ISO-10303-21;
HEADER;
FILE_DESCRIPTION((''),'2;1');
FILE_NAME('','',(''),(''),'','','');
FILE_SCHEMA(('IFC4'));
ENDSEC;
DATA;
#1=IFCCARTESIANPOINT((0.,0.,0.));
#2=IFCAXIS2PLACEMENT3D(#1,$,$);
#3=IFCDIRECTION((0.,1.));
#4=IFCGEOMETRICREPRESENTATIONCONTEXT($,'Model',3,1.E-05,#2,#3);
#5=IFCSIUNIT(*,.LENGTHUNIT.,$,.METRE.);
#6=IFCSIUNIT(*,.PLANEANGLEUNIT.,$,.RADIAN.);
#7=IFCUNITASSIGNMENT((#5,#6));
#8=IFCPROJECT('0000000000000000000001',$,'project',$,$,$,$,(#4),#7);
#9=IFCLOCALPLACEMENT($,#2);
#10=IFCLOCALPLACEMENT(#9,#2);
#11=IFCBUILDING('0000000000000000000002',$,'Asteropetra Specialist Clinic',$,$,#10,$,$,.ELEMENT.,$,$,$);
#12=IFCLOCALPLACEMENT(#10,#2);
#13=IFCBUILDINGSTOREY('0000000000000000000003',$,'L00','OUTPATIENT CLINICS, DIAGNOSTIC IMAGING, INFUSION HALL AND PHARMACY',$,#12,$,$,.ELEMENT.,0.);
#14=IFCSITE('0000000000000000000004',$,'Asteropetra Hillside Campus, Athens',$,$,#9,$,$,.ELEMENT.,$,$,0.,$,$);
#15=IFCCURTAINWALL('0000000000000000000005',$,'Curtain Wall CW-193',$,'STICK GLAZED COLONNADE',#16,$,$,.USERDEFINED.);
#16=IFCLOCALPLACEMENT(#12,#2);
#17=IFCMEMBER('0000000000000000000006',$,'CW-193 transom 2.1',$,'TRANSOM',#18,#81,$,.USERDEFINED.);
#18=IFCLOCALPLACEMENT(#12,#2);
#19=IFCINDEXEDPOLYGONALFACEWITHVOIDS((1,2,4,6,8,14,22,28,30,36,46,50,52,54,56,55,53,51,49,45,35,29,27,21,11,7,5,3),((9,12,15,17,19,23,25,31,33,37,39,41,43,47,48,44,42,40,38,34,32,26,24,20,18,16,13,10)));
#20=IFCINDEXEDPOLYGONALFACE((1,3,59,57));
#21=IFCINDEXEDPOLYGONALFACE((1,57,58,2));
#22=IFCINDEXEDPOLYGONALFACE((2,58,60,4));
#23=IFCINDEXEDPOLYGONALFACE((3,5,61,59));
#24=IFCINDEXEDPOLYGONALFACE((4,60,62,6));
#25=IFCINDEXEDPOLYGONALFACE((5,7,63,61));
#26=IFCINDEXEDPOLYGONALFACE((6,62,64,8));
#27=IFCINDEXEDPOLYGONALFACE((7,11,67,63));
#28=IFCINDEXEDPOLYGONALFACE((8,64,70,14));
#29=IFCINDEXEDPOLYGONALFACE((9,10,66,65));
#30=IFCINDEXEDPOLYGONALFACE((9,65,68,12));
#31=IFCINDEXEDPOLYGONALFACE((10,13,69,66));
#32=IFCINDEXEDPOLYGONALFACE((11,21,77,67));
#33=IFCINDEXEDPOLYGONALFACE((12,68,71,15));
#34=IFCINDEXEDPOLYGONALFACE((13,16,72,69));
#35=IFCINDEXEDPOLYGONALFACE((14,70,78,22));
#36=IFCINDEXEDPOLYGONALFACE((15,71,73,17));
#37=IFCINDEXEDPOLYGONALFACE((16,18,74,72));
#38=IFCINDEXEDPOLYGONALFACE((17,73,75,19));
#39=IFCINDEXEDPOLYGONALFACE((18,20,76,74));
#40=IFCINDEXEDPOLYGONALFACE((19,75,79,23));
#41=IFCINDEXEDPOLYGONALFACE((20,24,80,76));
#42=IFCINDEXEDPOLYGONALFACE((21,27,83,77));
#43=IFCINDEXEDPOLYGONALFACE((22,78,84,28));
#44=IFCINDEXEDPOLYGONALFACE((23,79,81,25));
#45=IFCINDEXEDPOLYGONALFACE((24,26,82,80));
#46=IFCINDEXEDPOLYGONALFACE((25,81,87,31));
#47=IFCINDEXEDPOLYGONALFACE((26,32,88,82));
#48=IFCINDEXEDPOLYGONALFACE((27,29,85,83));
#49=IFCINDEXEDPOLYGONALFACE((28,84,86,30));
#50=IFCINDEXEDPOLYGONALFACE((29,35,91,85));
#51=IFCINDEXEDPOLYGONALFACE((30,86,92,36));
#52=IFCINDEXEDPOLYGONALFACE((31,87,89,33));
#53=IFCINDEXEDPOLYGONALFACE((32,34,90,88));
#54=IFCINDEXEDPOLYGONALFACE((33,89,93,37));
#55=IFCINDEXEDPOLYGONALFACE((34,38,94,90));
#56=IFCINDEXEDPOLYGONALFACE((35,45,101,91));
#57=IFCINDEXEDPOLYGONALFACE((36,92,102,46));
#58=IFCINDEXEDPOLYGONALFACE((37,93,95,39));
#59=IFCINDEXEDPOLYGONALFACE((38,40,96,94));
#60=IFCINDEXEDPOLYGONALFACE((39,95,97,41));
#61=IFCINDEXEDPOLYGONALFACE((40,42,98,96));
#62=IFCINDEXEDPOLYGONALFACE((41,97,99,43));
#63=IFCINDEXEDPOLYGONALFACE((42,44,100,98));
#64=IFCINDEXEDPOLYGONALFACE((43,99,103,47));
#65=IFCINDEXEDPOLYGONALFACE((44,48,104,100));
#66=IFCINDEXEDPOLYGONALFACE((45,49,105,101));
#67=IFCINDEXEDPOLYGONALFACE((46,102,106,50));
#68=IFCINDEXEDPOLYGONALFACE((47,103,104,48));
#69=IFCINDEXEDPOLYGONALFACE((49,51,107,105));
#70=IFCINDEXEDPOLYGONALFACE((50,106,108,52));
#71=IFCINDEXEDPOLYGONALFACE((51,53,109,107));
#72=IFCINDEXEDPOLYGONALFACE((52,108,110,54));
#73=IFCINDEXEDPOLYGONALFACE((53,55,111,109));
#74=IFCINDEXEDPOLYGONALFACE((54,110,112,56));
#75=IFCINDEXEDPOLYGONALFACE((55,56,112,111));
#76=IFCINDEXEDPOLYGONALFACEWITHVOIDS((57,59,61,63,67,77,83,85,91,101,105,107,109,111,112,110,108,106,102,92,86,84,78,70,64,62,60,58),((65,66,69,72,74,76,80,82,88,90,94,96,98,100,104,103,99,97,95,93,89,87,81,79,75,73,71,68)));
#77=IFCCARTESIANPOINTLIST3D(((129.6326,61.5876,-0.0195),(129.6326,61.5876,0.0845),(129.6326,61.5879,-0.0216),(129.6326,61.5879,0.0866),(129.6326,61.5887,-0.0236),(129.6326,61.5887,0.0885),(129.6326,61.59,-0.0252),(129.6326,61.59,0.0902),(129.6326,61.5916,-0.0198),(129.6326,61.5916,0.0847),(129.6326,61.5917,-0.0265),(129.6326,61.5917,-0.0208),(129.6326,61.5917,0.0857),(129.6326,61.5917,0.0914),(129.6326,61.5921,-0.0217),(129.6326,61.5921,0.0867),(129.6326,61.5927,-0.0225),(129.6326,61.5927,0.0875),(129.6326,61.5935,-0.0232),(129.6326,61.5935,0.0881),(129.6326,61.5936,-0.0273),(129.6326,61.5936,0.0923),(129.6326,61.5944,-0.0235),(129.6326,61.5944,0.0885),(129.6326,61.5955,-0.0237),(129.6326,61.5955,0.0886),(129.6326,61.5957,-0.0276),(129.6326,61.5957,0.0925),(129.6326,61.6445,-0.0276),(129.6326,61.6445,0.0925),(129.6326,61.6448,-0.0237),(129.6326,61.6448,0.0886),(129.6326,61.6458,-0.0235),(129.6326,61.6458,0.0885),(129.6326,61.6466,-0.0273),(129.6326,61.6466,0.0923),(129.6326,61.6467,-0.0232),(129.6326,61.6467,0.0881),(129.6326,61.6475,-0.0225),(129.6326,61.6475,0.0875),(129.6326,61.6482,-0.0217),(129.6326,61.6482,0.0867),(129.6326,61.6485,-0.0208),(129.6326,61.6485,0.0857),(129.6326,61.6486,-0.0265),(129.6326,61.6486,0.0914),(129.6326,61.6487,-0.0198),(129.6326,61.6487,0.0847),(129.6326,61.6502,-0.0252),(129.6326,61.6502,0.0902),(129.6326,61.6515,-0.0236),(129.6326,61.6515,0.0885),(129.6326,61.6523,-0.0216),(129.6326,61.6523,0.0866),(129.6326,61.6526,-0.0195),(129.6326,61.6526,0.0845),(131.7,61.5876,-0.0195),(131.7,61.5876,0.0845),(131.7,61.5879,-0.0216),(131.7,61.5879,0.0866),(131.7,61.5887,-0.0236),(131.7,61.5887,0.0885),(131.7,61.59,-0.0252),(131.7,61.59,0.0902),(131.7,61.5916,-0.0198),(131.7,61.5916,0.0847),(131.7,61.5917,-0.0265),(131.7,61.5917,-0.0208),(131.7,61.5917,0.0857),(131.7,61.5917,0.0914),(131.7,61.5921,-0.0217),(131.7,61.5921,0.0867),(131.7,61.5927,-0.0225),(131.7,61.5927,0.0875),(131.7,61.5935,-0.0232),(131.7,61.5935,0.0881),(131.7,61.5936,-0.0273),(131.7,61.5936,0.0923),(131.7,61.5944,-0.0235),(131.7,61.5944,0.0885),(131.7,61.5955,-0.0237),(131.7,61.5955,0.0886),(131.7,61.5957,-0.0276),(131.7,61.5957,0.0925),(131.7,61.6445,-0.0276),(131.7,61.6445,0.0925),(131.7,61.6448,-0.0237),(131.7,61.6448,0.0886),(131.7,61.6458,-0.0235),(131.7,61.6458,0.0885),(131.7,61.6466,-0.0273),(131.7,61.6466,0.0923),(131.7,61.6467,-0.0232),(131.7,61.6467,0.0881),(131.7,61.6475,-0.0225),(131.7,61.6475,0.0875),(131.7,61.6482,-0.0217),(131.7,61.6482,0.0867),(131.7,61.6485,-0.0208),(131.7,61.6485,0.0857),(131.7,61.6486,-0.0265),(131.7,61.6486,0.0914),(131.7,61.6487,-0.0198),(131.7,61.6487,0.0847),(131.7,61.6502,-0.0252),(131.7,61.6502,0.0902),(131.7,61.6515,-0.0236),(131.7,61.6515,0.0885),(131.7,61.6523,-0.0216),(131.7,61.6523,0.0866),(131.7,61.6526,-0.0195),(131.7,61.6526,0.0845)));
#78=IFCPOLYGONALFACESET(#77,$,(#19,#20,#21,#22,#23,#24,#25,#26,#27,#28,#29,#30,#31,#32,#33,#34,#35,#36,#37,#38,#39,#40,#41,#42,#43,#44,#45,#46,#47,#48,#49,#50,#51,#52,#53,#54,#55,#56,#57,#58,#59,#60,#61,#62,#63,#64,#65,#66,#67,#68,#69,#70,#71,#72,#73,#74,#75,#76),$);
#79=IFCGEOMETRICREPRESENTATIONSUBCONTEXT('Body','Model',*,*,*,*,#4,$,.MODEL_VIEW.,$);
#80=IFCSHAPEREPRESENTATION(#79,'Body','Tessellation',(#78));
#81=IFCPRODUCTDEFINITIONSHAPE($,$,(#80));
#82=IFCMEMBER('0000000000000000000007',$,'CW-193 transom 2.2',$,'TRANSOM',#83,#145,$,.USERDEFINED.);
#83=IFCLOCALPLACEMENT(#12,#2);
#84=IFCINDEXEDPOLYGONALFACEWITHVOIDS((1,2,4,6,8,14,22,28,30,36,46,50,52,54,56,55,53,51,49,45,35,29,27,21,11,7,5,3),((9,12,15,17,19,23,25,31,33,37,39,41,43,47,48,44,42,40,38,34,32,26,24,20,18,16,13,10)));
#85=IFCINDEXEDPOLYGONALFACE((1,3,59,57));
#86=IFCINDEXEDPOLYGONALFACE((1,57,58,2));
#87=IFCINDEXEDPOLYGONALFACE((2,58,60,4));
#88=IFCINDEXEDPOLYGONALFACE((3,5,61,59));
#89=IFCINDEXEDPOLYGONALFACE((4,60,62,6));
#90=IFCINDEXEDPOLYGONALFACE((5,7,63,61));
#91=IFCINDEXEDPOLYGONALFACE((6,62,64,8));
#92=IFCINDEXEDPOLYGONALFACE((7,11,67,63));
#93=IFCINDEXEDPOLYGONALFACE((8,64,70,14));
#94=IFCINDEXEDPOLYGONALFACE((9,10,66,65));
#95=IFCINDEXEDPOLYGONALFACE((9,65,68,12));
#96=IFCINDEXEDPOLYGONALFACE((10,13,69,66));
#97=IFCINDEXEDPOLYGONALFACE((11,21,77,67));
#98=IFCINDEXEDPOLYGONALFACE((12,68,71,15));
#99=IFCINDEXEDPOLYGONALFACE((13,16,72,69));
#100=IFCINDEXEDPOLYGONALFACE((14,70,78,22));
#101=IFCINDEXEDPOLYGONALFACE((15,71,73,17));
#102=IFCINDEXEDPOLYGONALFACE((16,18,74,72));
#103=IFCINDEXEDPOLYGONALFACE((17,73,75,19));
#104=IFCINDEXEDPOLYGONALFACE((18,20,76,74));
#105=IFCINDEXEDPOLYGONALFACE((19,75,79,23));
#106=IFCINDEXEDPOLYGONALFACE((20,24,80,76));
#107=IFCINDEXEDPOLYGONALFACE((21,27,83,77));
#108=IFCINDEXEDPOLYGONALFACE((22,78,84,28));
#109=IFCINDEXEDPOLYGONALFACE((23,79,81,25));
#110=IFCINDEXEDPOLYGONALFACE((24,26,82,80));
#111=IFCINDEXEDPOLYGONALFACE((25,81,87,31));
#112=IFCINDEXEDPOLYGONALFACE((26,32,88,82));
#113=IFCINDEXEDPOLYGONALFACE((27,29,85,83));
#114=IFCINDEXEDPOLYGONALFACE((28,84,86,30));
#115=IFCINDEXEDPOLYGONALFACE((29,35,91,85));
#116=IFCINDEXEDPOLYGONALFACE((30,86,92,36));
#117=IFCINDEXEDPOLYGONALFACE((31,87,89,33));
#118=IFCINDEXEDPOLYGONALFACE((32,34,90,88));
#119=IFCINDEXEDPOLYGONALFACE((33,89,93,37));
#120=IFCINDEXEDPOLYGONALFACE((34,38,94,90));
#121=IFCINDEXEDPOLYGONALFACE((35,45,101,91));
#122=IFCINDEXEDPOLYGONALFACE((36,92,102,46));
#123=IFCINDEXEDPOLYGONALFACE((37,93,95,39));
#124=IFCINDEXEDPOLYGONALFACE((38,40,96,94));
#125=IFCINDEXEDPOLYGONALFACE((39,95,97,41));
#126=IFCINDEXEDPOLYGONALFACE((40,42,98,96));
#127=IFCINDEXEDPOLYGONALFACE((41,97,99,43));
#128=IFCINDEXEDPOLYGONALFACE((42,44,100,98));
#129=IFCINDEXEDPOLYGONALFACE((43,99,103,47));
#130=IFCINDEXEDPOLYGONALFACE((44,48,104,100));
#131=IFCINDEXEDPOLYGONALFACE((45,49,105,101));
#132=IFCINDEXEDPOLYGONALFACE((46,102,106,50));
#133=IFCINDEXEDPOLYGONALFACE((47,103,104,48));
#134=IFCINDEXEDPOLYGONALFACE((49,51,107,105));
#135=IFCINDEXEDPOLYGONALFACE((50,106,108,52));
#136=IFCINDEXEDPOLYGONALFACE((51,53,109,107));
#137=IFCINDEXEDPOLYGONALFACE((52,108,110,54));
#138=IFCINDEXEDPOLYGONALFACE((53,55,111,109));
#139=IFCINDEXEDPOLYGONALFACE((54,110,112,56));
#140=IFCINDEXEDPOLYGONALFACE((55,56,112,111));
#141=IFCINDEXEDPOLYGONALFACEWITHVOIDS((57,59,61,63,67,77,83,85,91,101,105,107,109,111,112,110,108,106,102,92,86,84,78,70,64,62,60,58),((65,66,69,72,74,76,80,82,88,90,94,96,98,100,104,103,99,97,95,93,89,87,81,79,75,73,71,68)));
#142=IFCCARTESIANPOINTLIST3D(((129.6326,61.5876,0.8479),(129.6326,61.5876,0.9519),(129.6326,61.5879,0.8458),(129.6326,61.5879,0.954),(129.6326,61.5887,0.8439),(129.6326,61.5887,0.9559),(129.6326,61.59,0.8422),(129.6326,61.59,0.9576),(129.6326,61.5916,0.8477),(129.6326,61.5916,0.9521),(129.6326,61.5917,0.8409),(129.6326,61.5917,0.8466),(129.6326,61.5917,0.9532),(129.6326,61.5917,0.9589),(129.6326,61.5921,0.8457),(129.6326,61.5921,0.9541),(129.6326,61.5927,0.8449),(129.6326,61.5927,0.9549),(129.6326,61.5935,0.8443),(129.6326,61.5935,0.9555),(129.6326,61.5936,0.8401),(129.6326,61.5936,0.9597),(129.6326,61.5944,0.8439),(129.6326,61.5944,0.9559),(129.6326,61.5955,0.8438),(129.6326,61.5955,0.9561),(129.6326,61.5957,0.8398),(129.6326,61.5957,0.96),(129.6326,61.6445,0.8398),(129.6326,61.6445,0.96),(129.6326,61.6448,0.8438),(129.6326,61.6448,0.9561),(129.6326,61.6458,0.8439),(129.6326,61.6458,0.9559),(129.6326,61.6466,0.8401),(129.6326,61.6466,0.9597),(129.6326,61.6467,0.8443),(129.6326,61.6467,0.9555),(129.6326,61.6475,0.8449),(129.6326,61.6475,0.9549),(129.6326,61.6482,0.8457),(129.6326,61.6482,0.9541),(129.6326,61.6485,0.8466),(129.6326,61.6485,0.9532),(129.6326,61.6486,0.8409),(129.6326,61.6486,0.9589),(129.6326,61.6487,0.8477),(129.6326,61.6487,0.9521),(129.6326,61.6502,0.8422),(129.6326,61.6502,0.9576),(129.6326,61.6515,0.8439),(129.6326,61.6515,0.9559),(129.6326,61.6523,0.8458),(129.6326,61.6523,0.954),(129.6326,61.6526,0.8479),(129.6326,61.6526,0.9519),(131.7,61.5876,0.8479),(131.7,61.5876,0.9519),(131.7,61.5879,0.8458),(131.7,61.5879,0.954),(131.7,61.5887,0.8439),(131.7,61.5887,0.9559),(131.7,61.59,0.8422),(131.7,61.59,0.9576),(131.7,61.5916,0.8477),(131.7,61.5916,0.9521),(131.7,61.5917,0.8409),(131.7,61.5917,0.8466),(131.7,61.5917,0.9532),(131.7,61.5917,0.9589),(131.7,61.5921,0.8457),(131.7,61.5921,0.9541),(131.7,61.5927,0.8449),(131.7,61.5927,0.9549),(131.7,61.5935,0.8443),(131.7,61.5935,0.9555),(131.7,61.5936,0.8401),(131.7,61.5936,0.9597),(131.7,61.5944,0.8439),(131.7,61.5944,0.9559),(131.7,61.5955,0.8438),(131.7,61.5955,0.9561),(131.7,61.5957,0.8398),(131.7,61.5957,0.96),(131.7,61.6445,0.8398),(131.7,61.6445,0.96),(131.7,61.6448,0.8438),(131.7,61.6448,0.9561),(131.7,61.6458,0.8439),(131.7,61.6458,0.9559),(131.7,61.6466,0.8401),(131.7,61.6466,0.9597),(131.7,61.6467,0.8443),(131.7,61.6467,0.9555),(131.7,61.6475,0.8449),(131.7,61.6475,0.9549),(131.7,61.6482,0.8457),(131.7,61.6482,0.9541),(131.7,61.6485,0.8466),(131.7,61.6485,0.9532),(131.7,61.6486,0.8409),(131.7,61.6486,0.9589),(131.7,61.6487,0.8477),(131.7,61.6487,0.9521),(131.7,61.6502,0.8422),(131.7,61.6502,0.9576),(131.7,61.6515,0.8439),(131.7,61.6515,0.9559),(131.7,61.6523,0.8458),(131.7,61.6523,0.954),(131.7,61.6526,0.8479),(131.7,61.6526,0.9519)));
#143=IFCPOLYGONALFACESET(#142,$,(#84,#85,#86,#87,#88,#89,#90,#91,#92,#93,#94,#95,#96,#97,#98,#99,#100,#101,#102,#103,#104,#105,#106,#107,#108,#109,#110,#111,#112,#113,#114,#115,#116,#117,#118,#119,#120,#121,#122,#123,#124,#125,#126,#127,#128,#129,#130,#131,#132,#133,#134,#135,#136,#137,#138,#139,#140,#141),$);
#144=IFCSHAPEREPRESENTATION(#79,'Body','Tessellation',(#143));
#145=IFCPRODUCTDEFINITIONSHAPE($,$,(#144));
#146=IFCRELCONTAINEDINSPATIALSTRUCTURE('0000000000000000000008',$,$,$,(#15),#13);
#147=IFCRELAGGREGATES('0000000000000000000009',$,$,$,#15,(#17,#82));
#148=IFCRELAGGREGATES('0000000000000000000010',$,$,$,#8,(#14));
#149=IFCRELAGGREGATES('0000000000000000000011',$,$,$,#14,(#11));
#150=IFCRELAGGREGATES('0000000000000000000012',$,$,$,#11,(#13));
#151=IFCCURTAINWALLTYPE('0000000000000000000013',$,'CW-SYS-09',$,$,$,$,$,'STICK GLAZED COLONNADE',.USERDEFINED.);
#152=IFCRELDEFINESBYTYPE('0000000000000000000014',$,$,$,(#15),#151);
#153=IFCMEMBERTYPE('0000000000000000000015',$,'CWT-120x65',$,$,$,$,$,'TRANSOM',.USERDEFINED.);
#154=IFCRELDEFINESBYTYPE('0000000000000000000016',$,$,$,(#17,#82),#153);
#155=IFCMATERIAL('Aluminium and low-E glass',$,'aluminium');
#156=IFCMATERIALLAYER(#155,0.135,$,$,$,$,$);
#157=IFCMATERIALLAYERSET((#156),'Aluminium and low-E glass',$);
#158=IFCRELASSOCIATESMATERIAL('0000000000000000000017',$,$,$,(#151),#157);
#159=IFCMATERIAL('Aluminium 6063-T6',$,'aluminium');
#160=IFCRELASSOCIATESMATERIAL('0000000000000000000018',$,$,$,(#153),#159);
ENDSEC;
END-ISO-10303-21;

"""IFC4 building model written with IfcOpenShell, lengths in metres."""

from ifc_helpers import new_model, si_unit, direction, frame, origin, origin_2d, place, context, subcontext, project, spatial, hollow_rectangle, extrude, material, layer, layer_set, material_profile, profile_set, type_object, element, aggregate, save


model = new_model("IFC4")

# Units and contexts
model_context = context("Model", 3, precision=1e-05, world=origin(), true_north=direction((0.0, 1.0)))
body_context = subcontext(model_context, "Body", "Model", "MODEL_VIEW")
ifc_project = project(units=[si_unit("LENGTHUNIT", "METRE"), si_unit("PLANEANGLEUNIT", "RADIAN")], contexts=[model_context])

# Site, building, storey
site_placement = place(None, origin())
site = spatial("IfcSite", under=ifc_project, at=site_placement, Name="Asteropetra Hillside Campus, Athens", CompositionType="ELEMENT", RefElevation=0.0)
building_placement = place(site_placement, origin())
building = spatial("IfcBuilding", under=site, at=building_placement, Name="Asteropetra Specialist Clinic", CompositionType="ELEMENT")
storey_placement = place(building_placement, origin())
storey = spatial("IfcBuildingStorey", under=building, at=storey_placement, Name="L00", Description="OUTPATIENT CLINICS, DIAGNOSTIC IMAGING, INFUSION HALL AND PHARMACY", CompositionType="ELEMENT", Elevation=0.0)

# Curtain wall, members
ifc_material_1 = material(Name="Aluminium and low-E glass", Category="aluminium")
ifc_layer_1 = layer(ifc_material_1, 0.135)
ifc_layer_set_1 = layer_set([ifc_layer_1], Name="Aluminium and low-E glass")
curtain_wall_type = type_object("IfcCurtainWallType", Name="CW-SYS-09", ElementType="STICK GLAZED COLONNADE", PredefinedType="USERDEFINED", material=ifc_layer_set_1)
curtain_wall_placement = place(storey_placement, origin())
curtain_wall = element("IfcCurtainWall", 1, at=curtain_wall_placement, inside=storey, type_object=curtain_wall_type, Name="Curtain Wall CW-193", ObjectType="STICK GLAZED COLONNADE", PredefinedType="USERDEFINED")
ifc_material_2 = material(Name="Aluminium 6063-T6", Category="aluminium")
ifc_material_profile_1 = material_profile(ifc_material_2, hollow_rectangle(XDim=0.0649, YDim=0.1201, WallThickness=0.0039, InnerFilletRadius=0.0039, OuterFilletRadius=0.0081, at=origin_2d()), Name="TRN 120x65x4.0")
ifc_profile_set_1 = profile_set([ifc_material_profile_1], Name="Aluminium 6063-T6")
member_type_1 = type_object("IfcMemberType", Name="CWT-120x65", ElementType="TRANSOM", PredefinedType="USERDEFINED", material=ifc_profile_set_1)
member_1_placement = place(storey_placement, frame((131.7, 61.6201, 0.0325), z_axis=(-1.0, 0.0, 0.0), x_axis=(0.0, -1.0, 0.0)))
member_1 = element("IfcMember", 2, at=member_1_placement, type_object=member_type_1, Name="CW-193 transom 2.1", ObjectType="TRANSOM", PredefinedType="USERDEFINED", context=body_context, shape_type="SweptSolid", body=[
    extrude(hollow_rectangle(XDim=0.0649, YDim=0.1201, WallThickness=0.0039, InnerFilletRadius=0.0039, OuterFilletRadius=0.0081, at=origin_2d()), origin(), (0.0, 0.0, 1.0), 2.0674),
])
member_2_placement = place(storey_placement, frame((131.7, 61.6201, 0.8999), z_axis=(-1.0, 0.0, 0.0), x_axis=(0.0, -1.0, 0.0)))
member_2 = element("IfcMember", 3, at=member_2_placement, type_object=member_type_1, Name="CW-193 transom 2.2", ObjectType="TRANSOM", PredefinedType="USERDEFINED", context=body_context, shape_type="SweptSolid", body=[
    extrude(hollow_rectangle(XDim=0.0649, YDim=0.1201, WallThickness=0.0039, InnerFilletRadius=0.0039, OuterFilletRadius=0.0081, at=origin_2d()), origin(), (0.0, 0.0, 1.0), 2.0674),
])
aggregate(curtain_wall, [member_1, member_2])

save(model, "model.ifc")
